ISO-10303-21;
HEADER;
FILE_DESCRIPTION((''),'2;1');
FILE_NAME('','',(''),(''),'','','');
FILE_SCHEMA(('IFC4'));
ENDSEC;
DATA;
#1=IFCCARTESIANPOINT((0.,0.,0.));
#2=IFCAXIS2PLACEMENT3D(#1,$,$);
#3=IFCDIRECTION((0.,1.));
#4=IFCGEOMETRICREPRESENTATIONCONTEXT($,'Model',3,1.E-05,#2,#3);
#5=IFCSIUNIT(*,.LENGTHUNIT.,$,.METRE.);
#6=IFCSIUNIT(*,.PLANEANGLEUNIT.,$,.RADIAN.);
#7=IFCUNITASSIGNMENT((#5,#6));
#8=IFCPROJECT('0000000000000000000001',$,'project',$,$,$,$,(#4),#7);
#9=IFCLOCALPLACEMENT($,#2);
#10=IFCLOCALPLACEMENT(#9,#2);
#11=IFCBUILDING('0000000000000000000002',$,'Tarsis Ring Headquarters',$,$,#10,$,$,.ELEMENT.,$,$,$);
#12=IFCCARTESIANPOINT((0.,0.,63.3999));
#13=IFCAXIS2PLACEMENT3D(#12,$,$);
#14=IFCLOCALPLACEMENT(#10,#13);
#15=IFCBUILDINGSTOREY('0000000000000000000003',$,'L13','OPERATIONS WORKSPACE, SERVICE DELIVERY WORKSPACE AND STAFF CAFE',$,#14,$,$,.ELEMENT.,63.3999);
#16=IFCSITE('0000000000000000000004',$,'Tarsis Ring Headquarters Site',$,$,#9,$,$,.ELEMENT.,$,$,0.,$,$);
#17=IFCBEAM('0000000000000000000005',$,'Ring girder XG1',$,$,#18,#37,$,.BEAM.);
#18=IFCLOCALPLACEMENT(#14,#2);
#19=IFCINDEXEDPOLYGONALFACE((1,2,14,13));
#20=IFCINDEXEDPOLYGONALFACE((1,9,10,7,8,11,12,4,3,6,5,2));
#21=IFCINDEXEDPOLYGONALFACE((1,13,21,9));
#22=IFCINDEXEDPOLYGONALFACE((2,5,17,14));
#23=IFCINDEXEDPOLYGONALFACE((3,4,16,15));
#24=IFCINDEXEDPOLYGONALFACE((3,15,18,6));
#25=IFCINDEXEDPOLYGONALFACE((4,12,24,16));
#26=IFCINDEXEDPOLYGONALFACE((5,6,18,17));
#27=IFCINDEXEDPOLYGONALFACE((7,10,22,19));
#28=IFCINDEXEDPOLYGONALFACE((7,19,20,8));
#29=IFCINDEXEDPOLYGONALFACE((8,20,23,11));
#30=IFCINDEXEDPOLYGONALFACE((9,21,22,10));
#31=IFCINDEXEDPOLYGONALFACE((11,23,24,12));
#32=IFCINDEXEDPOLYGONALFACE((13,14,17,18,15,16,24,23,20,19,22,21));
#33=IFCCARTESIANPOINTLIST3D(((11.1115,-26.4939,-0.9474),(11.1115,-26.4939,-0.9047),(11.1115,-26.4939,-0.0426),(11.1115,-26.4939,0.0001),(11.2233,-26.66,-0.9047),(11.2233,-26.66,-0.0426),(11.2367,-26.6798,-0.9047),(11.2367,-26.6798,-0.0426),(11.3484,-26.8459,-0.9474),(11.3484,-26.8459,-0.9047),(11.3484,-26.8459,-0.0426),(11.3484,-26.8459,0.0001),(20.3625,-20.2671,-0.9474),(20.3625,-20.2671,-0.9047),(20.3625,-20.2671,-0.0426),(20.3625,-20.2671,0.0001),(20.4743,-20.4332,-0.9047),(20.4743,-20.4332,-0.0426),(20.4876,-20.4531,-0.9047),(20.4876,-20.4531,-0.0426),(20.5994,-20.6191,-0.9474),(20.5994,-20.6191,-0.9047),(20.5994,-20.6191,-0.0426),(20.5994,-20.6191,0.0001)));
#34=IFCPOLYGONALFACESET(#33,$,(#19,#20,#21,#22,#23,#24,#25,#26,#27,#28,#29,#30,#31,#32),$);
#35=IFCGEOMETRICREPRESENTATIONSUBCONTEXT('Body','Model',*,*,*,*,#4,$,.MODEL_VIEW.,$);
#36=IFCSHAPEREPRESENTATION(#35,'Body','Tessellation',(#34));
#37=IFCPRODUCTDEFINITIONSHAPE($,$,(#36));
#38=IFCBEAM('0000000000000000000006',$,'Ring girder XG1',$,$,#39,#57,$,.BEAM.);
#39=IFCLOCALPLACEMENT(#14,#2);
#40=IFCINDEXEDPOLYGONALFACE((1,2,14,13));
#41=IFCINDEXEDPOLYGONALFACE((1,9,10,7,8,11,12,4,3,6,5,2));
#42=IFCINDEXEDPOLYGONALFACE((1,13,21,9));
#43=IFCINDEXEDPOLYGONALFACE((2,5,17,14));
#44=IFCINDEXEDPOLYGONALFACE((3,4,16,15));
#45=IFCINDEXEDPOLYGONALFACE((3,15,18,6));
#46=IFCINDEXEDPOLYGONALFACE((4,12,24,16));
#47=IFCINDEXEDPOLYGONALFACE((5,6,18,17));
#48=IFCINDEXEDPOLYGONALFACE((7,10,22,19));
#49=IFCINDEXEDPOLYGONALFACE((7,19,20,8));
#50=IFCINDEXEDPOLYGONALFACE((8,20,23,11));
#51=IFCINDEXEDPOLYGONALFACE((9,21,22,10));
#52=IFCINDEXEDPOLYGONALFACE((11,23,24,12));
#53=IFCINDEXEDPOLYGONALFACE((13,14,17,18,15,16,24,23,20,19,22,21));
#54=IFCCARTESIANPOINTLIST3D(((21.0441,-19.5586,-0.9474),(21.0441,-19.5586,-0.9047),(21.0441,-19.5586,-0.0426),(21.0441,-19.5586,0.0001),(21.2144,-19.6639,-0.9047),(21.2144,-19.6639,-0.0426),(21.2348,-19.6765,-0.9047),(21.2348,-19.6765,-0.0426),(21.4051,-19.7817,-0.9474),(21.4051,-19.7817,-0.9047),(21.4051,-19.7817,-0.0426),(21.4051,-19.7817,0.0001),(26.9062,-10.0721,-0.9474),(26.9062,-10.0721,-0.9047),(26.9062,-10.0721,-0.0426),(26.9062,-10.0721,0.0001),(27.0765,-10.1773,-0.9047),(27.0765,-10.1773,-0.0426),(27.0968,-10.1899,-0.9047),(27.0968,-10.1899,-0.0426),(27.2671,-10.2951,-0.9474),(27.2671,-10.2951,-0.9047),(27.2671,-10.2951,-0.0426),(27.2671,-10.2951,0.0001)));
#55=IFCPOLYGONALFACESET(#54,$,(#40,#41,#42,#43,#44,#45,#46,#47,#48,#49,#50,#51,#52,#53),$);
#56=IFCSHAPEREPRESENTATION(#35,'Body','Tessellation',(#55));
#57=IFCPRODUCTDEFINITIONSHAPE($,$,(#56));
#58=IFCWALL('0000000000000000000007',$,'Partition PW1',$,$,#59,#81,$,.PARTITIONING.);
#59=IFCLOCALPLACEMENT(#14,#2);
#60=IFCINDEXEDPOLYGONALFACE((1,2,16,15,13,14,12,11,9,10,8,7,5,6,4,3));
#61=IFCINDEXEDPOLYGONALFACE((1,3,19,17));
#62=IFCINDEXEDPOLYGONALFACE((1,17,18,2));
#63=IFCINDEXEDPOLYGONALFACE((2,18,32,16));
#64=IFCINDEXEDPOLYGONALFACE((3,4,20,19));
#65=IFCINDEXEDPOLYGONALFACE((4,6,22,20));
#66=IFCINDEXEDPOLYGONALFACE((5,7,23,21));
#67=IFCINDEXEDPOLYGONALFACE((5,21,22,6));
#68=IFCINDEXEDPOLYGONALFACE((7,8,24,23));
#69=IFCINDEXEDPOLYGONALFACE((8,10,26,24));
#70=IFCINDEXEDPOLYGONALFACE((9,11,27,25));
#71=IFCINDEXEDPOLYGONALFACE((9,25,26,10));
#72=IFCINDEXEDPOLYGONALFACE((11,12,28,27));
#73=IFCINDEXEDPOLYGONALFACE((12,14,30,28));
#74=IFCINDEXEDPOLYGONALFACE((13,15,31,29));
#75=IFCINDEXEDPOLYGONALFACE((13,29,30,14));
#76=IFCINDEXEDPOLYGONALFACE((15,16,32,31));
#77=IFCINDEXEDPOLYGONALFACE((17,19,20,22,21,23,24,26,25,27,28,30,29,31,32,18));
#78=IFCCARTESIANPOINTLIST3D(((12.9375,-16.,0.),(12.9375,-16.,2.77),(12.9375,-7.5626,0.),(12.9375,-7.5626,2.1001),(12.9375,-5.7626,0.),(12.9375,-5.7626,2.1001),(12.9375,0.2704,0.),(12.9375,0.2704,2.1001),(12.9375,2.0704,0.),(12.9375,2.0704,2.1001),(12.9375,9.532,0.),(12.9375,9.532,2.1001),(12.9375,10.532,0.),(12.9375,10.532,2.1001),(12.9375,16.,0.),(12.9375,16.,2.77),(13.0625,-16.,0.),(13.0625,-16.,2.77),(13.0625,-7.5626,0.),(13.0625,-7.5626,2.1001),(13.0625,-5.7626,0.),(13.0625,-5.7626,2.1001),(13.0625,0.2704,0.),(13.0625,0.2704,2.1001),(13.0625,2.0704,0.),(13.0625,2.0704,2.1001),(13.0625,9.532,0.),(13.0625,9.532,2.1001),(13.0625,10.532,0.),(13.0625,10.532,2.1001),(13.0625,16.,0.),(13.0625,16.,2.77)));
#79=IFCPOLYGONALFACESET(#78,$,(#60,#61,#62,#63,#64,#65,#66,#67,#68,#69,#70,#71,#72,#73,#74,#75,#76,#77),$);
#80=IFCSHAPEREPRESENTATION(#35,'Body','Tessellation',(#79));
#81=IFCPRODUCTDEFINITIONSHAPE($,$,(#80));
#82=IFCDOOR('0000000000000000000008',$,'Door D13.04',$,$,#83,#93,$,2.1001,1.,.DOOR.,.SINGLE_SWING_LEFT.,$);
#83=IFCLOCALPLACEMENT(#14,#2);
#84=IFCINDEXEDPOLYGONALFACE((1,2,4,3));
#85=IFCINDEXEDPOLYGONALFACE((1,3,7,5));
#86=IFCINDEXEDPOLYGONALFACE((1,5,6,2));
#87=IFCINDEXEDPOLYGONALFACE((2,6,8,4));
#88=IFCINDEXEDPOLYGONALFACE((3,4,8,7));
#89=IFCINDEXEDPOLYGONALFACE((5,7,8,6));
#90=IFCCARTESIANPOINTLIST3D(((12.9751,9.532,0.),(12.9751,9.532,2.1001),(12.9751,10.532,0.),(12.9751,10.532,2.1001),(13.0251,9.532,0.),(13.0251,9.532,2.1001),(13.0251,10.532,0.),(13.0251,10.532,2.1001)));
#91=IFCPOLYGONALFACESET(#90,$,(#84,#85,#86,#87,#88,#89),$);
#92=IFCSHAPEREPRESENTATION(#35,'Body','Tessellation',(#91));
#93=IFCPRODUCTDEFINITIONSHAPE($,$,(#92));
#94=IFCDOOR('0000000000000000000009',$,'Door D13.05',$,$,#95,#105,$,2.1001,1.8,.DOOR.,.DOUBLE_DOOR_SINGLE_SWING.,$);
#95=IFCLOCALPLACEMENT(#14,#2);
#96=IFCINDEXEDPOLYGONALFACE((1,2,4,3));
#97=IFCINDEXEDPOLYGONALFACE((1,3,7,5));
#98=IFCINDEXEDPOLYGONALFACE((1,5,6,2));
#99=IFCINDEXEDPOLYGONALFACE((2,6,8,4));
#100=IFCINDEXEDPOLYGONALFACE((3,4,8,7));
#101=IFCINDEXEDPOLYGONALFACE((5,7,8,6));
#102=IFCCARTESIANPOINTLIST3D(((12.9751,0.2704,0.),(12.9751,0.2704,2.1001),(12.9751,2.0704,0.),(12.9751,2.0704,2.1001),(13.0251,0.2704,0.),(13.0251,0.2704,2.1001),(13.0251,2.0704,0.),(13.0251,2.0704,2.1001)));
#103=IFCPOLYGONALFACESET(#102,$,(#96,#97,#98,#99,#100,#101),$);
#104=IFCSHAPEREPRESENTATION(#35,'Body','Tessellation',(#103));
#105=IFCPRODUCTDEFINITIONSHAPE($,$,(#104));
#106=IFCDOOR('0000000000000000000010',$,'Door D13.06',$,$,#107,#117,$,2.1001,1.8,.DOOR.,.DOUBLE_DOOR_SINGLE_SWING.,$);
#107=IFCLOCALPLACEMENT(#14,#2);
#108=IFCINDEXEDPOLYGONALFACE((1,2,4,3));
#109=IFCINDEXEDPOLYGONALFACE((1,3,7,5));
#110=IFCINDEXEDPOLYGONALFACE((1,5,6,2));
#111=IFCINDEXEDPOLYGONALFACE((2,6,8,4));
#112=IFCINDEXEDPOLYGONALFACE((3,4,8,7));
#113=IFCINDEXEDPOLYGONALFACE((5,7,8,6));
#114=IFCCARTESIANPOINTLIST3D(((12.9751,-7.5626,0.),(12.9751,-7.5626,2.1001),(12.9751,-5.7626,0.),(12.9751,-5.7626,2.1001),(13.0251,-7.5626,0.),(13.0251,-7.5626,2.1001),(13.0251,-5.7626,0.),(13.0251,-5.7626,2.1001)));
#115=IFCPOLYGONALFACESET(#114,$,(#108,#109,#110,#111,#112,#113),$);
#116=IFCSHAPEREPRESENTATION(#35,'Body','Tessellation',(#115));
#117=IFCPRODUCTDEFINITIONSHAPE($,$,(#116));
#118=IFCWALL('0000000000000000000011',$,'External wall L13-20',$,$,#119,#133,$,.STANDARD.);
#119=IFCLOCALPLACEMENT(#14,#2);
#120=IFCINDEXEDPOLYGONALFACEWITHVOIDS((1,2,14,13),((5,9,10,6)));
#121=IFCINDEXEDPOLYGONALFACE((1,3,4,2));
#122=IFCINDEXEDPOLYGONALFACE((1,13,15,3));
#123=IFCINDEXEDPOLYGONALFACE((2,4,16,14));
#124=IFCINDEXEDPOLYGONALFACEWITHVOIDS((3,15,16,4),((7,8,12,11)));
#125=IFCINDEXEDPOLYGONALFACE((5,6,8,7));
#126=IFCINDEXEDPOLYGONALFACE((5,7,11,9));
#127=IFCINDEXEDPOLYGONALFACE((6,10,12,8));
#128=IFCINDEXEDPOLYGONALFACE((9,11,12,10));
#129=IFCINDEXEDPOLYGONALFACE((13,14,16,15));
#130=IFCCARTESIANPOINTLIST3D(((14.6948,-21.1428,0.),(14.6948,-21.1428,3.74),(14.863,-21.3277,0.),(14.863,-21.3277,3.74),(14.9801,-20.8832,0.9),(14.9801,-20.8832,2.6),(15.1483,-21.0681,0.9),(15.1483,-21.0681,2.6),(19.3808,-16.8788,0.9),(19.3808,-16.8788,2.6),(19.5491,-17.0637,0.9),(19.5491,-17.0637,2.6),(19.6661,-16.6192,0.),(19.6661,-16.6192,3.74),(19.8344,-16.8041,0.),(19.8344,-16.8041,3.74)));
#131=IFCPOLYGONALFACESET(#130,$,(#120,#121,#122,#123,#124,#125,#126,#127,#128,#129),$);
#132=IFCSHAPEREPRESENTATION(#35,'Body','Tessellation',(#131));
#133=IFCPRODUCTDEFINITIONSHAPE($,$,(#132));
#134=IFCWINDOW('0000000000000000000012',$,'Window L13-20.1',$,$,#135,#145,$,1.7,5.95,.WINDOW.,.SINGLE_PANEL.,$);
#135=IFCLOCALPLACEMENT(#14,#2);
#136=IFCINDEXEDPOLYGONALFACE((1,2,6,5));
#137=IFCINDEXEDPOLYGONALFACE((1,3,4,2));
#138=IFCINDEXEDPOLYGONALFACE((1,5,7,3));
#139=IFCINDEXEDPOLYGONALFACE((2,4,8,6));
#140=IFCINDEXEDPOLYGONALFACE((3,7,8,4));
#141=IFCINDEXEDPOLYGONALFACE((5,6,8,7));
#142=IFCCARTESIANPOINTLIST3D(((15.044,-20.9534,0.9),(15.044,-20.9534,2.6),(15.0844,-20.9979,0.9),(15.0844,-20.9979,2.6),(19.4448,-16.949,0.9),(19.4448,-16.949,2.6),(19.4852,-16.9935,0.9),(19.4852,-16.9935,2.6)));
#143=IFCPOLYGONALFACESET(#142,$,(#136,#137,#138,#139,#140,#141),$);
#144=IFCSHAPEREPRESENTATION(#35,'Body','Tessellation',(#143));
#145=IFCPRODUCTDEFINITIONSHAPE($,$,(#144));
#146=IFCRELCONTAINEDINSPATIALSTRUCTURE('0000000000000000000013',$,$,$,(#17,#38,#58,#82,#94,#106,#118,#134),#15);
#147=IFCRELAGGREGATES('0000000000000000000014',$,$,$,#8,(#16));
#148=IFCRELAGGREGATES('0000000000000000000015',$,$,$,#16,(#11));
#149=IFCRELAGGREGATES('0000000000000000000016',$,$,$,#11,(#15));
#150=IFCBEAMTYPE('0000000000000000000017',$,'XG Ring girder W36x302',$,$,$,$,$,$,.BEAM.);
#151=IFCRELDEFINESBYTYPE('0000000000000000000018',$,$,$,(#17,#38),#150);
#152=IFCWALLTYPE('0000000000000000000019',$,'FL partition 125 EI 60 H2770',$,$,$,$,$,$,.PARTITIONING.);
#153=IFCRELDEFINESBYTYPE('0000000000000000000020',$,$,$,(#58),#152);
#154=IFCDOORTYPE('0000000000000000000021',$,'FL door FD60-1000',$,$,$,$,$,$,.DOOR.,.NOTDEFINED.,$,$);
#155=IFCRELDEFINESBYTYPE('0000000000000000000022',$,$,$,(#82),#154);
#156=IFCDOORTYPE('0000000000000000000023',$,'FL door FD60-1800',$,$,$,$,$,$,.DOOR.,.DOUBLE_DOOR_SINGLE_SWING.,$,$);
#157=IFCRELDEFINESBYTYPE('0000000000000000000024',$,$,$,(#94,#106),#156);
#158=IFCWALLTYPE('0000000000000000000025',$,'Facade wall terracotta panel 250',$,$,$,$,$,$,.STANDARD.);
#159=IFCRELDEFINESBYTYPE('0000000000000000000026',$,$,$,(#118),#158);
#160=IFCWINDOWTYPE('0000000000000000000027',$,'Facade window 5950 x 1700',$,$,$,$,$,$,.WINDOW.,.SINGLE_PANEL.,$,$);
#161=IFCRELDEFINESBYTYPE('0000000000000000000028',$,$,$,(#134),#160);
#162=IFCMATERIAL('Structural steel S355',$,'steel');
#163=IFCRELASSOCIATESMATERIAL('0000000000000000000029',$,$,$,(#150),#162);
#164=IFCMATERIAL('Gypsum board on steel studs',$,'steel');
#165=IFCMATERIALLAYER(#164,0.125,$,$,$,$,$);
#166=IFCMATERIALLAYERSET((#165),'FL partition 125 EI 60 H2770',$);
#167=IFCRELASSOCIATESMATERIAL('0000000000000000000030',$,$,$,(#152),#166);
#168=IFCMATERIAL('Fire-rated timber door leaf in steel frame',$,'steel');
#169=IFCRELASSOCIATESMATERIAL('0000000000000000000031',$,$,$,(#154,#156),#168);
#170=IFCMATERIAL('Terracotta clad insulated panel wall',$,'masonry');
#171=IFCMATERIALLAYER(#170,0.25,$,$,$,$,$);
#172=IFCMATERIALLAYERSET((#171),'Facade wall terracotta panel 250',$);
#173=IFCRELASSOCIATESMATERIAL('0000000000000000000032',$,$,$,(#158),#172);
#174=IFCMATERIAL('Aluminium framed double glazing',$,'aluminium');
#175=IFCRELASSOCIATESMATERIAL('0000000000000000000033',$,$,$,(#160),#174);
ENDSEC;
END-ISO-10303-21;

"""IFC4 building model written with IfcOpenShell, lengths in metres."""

from ifc_helpers import new_model, si_unit, direction, frame, frame_2d, origin, origin_2d, place, context, subcontext, project, spatial, rectangle, i_section, extrude, material, layer, layer_set, material_profile, profile_set, type_object, element, fill, save


model = new_model("IFC4")

# Units and contexts
model_context = context("Model", 3, precision=1e-05, world=origin(), true_north=direction((0.0, 1.0)))
body_context = subcontext(model_context, "Body", "Model", "MODEL_VIEW")
ifc_project = project(units=[si_unit("LENGTHUNIT", "METRE"), si_unit("PLANEANGLEUNIT", "RADIAN")], contexts=[model_context])

# Site, building, storey
site_placement = place(None, origin())
site = spatial("IfcSite", under=ifc_project, at=site_placement, Name="Tarsis Ring Headquarters Site", CompositionType="ELEMENT", RefElevation=0.0)
building_placement = place(site_placement, origin())
building = spatial("IfcBuilding", under=site, at=building_placement, Name="Tarsis Ring Headquarters", CompositionType="ELEMENT")
storey_placement = place(building_placement, frame((0.0, 0.0, 63.3999)))
storey = spatial("IfcBuildingStorey", under=building, at=storey_placement, Name="L13", Description="OPERATIONS WORKSPACE, SERVICE DELIVERY WORKSPACE AND STAFF CAFE", CompositionType="ELEMENT", Elevation=63.3999)

# Beams
ifc_material_1 = material(Name="Structural steel S355", Category="steel")
ifc_material_profile_1 = material_profile(ifc_material_1, i_section(OverallWidth=0.4243, OverallDepth=0.9475, WebThickness=0.0239, FlangeThickness=0.0427, at=origin_2d()), Name="W36x302")
ifc_profile_set_1 = profile_set([ifc_material_profile_1], Name="Structural steel S355")
beam_type = type_object("IfcBeamType", Name="XG Ring girder W36x302", PredefinedType="BEAM", material=ifc_profile_set_1)
beam_1_placement = place(storey_placement, frame((11.23, -26.6699, -0.4736), z_axis=(0.82958, 0.558388, 0.0), x_axis=(-0.558388, 0.82958, 0.0)))
element("IfcBeam", 1, at=beam_1_placement, inside=storey, type_object=beam_type, Name="Ring girder XG1", PredefinedType="BEAM", context=body_context, shape_type="SweptSolid", body=[
    extrude(i_section(OverallWidth=0.4243, OverallDepth=0.9475, WebThickness=0.0239, FlangeThickness=0.0427, at=origin_2d()), origin(), (0.0, 0.0, 1.0), 11.1514),
])
beam_2_placement = place(storey_placement, frame((21.2246, -19.6702, -0.4736), z_axis=(0.525669, 0.850689, 0.0), x_axis=(-0.850689, 0.525669, 0.0)))
element("IfcBeam", 2, at=beam_2_placement, inside=storey, type_object=beam_type, Name="Ring girder XG1", PredefinedType="BEAM", context=body_context, shape_type="SweptSolid", body=[
    extrude(i_section(OverallWidth=0.4243, OverallDepth=0.9475, WebThickness=0.0239, FlangeThickness=0.0427, at=origin_2d()), origin(), (0.0, 0.0, 1.0), 11.1516),
])

# Wall, openings, doors
ifc_material_2 = material(Name="Gypsum board on steel studs", Category="steel")
ifc_layer_1 = layer(ifc_material_2, 0.125)
ifc_layer_set_1 = layer_set([ifc_layer_1], Name="FL partition 125 EI 60 H2770")
wall_type_1 = type_object("IfcWallType", Name="FL partition 125 EI 60 H2770", PredefinedType="PARTITIONING", material=ifc_layer_set_1)
wall_1_placement = place(storey_placement, frame((13.0, -16.0, 0.0), z_axis=(0.0, 0.0, 1.0), x_axis=(0.0, 1.0, 0.0)))
wall_1 = element("IfcWall", 3, at=wall_1_placement, inside=storey, type_object=wall_type_1, Name="Partition PW1", PredefinedType="PARTITIONING", context=body_context, shape_type="SweptSolid", body=[
    extrude(rectangle(XDim=32.0, YDim=0.125, at=frame_2d((16.0, 0.0))), origin(), (0.0, 0.0, 1.0), 2.77),
])
opening_1_placement = place(wall_1_placement, frame((25.532, 0.0, 0.0)))
opening_1 = element("IfcOpeningElement", 4, at=opening_1_placement, cuts=wall_1, PredefinedType="OPENING", context=body_context, shape_type="SweptSolid", body=[
    extrude(rectangle(XDim=1.0, YDim=2.1001, at=frame_2d((0.5, 1.05))), frame((0.0, 0.0725, 0.0), z_axis=(0.0, -1.0, 0.0), x_axis=(1.0, 0.0, 0.0)), (0.0, 0.0, 1.0), 0.145),
])
opening_2_placement = place(wall_1_placement, frame((16.2705, 0.0, 0.0)))
opening_2 = element("IfcOpeningElement", 5, at=opening_2_placement, cuts=wall_1, PredefinedType="OPENING", context=body_context, shape_type="SweptSolid", body=[
    extrude(rectangle(XDim=1.8, YDim=2.1001, at=frame_2d((0.8999, 1.05))), frame((0.0, 0.0725, 0.0), z_axis=(0.0, -1.0, 0.0), x_axis=(1.0, 0.0, 0.0)), (0.0, 0.0, 1.0), 0.145),
])
opening_3_placement = place(wall_1_placement, frame((8.4375, 0.0, 0.0)))
opening_3 = element("IfcOpeningElement", 6, at=opening_3_placement, cuts=wall_1, PredefinedType="OPENING", context=body_context, shape_type="SweptSolid", body=[
    extrude(rectangle(XDim=1.8, YDim=2.1001, at=frame_2d((0.8999, 1.05))), frame((0.0, 0.0725, 0.0), z_axis=(0.0, -1.0, 0.0), x_axis=(1.0, 0.0, 0.0)), (0.0, 0.0, 1.0), 0.145),
])
ifc_material_3 = material(Name="Fire-rated timber door leaf in steel frame", Category="steel")
door_type_1 = type_object("IfcDoorType", Name="FL door FD60-1000", OperationType="NOTDEFINED", PredefinedType="DOOR", material=ifc_material_3)
door_1_placement = place(opening_1_placement, origin())
door_1 = element("IfcDoor", 7, at=door_1_placement, inside=storey, type_object=door_type_1, Name="Door D13.04", OperationType="SINGLE_SWING_LEFT", OverallHeight=2.1001, OverallWidth=1.0, PredefinedType="DOOR", context=body_context, shape_type="SweptSolid", body=[
    extrude(rectangle(XDim=1.0, YDim=2.1001, at=frame_2d((0.5, 1.05))), frame((0.0, 0.0249, 0.0), z_axis=(0.0, -1.0, 0.0), x_axis=(1.0, 0.0, 0.0)), (0.0, 0.0, 1.0), 0.05),
])
fill(opening_1, door_1)
door_type_2 = type_object("IfcDoorType", Name="FL door FD60-1800", OperationType="DOUBLE_DOOR_SINGLE_SWING", PredefinedType="DOOR", material=ifc_material_3)
door_2_placement = place(opening_2_placement, origin())
door_2 = element("IfcDoor", 8, at=door_2_placement, inside=storey, type_object=door_type_2, Name="Door D13.05", OperationType="DOUBLE_DOOR_SINGLE_SWING", OverallHeight=2.1001, OverallWidth=1.8, PredefinedType="DOOR", context=body_context, shape_type="SweptSolid", body=[
    extrude(rectangle(XDim=1.8, YDim=2.1001, at=frame_2d((0.8999, 1.05))), frame((0.0, 0.0249, 0.0), z_axis=(0.0, -1.0, 0.0), x_axis=(1.0, 0.0, 0.0)), (0.0, 0.0, 1.0), 0.05),
])
fill(opening_2, door_2)
door_3_placement = place(opening_3_placement, origin())
door_3 = element("IfcDoor", 9, at=door_3_placement, inside=storey, type_object=door_type_2, Name="Door D13.06", OperationType="DOUBLE_DOOR_SINGLE_SWING", OverallHeight=2.1001, OverallWidth=1.8, PredefinedType="DOOR", context=body_context, shape_type="SweptSolid", body=[
    extrude(rectangle(XDim=1.8, YDim=2.1001, at=frame_2d((0.8999, 1.05))), frame((0.0, 0.0249, 0.0), z_axis=(0.0, -1.0, 0.0), x_axis=(1.0, 0.0, 0.0)), (0.0, 0.0, 1.0), 0.05),
])
fill(opening_3, door_3)

# Wall, opening, window
ifc_material_4 = material(Name="Terracotta clad insulated panel wall", Category="masonry")
ifc_layer_2 = layer(ifc_material_4, 0.25)
ifc_layer_set_2 = layer_set([ifc_layer_2], Name="Facade wall terracotta panel 250")
wall_type_2 = type_object("IfcWallType", Name="Facade wall terracotta panel 250", PredefinedType="STANDARD", material=ifc_layer_set_2)
wall_2_placement = place(storey_placement, frame((14.7788, -21.2354, 0.0), z_axis=(0.0, 0.0, 1.0), x_axis=(0.739629, 0.673014, 0.0)))
wall_2 = element("IfcWall", 10, at=wall_2_placement, inside=storey, type_object=wall_type_2, Name="External wall L13-20", PredefinedType="STANDARD", context=body_context, shape_type="SweptSolid", body=[
    extrude(rectangle(XDim=6.7214, YDim=0.25, at=frame_2d((3.3608, 0.0))), origin(), (0.0, 0.0, 1.0), 3.74),
])
opening_4_placement = place(wall_2_placement, frame((0.3857, 0.0, 0.8999)))
opening_4 = element("IfcOpeningElement", 11, at=opening_4_placement, cuts=wall_2, PredefinedType="OPENING", context=body_context, shape_type="SweptSolid", body=[
    extrude(rectangle(XDim=5.95, YDim=1.7, at=frame_2d((2.9751, 0.8501))), frame((0.0, 0.135, 0.0), z_axis=(0.0, -1.0, 0.0), x_axis=(1.0, 0.0, 0.0)), (0.0, 0.0, 1.0), 0.27),
])
ifc_material_5 = material(Name="Aluminium framed double glazing", Category="aluminium")
window_type = type_object("IfcWindowType", Name="Facade window 5950 x 1700", PartitioningType="SINGLE_PANEL", PredefinedType="WINDOW", material=ifc_material_5)
window_1_placement = place(opening_4_placement, origin())
window_1 = element("IfcWindow", 12, at=window_1_placement, inside=storey, type_object=window_type, Name="Window L13-20.1", OverallHeight=1.7, OverallWidth=5.95, PartitioningType="SINGLE_PANEL", PredefinedType="WINDOW", context=body_context, shape_type="SweptSolid", body=[
    extrude(rectangle(XDim=5.95, YDim=1.7, at=frame_2d((2.9751, 0.8501))), frame((0.0, 0.03, 0.0), z_axis=(0.0, -1.0, 0.0), x_axis=(1.0, 0.0, 0.0)), (0.0, 0.0, 1.0), 0.0601),
])
fill(opening_4, window_1)

save(model, "model.ifc")
